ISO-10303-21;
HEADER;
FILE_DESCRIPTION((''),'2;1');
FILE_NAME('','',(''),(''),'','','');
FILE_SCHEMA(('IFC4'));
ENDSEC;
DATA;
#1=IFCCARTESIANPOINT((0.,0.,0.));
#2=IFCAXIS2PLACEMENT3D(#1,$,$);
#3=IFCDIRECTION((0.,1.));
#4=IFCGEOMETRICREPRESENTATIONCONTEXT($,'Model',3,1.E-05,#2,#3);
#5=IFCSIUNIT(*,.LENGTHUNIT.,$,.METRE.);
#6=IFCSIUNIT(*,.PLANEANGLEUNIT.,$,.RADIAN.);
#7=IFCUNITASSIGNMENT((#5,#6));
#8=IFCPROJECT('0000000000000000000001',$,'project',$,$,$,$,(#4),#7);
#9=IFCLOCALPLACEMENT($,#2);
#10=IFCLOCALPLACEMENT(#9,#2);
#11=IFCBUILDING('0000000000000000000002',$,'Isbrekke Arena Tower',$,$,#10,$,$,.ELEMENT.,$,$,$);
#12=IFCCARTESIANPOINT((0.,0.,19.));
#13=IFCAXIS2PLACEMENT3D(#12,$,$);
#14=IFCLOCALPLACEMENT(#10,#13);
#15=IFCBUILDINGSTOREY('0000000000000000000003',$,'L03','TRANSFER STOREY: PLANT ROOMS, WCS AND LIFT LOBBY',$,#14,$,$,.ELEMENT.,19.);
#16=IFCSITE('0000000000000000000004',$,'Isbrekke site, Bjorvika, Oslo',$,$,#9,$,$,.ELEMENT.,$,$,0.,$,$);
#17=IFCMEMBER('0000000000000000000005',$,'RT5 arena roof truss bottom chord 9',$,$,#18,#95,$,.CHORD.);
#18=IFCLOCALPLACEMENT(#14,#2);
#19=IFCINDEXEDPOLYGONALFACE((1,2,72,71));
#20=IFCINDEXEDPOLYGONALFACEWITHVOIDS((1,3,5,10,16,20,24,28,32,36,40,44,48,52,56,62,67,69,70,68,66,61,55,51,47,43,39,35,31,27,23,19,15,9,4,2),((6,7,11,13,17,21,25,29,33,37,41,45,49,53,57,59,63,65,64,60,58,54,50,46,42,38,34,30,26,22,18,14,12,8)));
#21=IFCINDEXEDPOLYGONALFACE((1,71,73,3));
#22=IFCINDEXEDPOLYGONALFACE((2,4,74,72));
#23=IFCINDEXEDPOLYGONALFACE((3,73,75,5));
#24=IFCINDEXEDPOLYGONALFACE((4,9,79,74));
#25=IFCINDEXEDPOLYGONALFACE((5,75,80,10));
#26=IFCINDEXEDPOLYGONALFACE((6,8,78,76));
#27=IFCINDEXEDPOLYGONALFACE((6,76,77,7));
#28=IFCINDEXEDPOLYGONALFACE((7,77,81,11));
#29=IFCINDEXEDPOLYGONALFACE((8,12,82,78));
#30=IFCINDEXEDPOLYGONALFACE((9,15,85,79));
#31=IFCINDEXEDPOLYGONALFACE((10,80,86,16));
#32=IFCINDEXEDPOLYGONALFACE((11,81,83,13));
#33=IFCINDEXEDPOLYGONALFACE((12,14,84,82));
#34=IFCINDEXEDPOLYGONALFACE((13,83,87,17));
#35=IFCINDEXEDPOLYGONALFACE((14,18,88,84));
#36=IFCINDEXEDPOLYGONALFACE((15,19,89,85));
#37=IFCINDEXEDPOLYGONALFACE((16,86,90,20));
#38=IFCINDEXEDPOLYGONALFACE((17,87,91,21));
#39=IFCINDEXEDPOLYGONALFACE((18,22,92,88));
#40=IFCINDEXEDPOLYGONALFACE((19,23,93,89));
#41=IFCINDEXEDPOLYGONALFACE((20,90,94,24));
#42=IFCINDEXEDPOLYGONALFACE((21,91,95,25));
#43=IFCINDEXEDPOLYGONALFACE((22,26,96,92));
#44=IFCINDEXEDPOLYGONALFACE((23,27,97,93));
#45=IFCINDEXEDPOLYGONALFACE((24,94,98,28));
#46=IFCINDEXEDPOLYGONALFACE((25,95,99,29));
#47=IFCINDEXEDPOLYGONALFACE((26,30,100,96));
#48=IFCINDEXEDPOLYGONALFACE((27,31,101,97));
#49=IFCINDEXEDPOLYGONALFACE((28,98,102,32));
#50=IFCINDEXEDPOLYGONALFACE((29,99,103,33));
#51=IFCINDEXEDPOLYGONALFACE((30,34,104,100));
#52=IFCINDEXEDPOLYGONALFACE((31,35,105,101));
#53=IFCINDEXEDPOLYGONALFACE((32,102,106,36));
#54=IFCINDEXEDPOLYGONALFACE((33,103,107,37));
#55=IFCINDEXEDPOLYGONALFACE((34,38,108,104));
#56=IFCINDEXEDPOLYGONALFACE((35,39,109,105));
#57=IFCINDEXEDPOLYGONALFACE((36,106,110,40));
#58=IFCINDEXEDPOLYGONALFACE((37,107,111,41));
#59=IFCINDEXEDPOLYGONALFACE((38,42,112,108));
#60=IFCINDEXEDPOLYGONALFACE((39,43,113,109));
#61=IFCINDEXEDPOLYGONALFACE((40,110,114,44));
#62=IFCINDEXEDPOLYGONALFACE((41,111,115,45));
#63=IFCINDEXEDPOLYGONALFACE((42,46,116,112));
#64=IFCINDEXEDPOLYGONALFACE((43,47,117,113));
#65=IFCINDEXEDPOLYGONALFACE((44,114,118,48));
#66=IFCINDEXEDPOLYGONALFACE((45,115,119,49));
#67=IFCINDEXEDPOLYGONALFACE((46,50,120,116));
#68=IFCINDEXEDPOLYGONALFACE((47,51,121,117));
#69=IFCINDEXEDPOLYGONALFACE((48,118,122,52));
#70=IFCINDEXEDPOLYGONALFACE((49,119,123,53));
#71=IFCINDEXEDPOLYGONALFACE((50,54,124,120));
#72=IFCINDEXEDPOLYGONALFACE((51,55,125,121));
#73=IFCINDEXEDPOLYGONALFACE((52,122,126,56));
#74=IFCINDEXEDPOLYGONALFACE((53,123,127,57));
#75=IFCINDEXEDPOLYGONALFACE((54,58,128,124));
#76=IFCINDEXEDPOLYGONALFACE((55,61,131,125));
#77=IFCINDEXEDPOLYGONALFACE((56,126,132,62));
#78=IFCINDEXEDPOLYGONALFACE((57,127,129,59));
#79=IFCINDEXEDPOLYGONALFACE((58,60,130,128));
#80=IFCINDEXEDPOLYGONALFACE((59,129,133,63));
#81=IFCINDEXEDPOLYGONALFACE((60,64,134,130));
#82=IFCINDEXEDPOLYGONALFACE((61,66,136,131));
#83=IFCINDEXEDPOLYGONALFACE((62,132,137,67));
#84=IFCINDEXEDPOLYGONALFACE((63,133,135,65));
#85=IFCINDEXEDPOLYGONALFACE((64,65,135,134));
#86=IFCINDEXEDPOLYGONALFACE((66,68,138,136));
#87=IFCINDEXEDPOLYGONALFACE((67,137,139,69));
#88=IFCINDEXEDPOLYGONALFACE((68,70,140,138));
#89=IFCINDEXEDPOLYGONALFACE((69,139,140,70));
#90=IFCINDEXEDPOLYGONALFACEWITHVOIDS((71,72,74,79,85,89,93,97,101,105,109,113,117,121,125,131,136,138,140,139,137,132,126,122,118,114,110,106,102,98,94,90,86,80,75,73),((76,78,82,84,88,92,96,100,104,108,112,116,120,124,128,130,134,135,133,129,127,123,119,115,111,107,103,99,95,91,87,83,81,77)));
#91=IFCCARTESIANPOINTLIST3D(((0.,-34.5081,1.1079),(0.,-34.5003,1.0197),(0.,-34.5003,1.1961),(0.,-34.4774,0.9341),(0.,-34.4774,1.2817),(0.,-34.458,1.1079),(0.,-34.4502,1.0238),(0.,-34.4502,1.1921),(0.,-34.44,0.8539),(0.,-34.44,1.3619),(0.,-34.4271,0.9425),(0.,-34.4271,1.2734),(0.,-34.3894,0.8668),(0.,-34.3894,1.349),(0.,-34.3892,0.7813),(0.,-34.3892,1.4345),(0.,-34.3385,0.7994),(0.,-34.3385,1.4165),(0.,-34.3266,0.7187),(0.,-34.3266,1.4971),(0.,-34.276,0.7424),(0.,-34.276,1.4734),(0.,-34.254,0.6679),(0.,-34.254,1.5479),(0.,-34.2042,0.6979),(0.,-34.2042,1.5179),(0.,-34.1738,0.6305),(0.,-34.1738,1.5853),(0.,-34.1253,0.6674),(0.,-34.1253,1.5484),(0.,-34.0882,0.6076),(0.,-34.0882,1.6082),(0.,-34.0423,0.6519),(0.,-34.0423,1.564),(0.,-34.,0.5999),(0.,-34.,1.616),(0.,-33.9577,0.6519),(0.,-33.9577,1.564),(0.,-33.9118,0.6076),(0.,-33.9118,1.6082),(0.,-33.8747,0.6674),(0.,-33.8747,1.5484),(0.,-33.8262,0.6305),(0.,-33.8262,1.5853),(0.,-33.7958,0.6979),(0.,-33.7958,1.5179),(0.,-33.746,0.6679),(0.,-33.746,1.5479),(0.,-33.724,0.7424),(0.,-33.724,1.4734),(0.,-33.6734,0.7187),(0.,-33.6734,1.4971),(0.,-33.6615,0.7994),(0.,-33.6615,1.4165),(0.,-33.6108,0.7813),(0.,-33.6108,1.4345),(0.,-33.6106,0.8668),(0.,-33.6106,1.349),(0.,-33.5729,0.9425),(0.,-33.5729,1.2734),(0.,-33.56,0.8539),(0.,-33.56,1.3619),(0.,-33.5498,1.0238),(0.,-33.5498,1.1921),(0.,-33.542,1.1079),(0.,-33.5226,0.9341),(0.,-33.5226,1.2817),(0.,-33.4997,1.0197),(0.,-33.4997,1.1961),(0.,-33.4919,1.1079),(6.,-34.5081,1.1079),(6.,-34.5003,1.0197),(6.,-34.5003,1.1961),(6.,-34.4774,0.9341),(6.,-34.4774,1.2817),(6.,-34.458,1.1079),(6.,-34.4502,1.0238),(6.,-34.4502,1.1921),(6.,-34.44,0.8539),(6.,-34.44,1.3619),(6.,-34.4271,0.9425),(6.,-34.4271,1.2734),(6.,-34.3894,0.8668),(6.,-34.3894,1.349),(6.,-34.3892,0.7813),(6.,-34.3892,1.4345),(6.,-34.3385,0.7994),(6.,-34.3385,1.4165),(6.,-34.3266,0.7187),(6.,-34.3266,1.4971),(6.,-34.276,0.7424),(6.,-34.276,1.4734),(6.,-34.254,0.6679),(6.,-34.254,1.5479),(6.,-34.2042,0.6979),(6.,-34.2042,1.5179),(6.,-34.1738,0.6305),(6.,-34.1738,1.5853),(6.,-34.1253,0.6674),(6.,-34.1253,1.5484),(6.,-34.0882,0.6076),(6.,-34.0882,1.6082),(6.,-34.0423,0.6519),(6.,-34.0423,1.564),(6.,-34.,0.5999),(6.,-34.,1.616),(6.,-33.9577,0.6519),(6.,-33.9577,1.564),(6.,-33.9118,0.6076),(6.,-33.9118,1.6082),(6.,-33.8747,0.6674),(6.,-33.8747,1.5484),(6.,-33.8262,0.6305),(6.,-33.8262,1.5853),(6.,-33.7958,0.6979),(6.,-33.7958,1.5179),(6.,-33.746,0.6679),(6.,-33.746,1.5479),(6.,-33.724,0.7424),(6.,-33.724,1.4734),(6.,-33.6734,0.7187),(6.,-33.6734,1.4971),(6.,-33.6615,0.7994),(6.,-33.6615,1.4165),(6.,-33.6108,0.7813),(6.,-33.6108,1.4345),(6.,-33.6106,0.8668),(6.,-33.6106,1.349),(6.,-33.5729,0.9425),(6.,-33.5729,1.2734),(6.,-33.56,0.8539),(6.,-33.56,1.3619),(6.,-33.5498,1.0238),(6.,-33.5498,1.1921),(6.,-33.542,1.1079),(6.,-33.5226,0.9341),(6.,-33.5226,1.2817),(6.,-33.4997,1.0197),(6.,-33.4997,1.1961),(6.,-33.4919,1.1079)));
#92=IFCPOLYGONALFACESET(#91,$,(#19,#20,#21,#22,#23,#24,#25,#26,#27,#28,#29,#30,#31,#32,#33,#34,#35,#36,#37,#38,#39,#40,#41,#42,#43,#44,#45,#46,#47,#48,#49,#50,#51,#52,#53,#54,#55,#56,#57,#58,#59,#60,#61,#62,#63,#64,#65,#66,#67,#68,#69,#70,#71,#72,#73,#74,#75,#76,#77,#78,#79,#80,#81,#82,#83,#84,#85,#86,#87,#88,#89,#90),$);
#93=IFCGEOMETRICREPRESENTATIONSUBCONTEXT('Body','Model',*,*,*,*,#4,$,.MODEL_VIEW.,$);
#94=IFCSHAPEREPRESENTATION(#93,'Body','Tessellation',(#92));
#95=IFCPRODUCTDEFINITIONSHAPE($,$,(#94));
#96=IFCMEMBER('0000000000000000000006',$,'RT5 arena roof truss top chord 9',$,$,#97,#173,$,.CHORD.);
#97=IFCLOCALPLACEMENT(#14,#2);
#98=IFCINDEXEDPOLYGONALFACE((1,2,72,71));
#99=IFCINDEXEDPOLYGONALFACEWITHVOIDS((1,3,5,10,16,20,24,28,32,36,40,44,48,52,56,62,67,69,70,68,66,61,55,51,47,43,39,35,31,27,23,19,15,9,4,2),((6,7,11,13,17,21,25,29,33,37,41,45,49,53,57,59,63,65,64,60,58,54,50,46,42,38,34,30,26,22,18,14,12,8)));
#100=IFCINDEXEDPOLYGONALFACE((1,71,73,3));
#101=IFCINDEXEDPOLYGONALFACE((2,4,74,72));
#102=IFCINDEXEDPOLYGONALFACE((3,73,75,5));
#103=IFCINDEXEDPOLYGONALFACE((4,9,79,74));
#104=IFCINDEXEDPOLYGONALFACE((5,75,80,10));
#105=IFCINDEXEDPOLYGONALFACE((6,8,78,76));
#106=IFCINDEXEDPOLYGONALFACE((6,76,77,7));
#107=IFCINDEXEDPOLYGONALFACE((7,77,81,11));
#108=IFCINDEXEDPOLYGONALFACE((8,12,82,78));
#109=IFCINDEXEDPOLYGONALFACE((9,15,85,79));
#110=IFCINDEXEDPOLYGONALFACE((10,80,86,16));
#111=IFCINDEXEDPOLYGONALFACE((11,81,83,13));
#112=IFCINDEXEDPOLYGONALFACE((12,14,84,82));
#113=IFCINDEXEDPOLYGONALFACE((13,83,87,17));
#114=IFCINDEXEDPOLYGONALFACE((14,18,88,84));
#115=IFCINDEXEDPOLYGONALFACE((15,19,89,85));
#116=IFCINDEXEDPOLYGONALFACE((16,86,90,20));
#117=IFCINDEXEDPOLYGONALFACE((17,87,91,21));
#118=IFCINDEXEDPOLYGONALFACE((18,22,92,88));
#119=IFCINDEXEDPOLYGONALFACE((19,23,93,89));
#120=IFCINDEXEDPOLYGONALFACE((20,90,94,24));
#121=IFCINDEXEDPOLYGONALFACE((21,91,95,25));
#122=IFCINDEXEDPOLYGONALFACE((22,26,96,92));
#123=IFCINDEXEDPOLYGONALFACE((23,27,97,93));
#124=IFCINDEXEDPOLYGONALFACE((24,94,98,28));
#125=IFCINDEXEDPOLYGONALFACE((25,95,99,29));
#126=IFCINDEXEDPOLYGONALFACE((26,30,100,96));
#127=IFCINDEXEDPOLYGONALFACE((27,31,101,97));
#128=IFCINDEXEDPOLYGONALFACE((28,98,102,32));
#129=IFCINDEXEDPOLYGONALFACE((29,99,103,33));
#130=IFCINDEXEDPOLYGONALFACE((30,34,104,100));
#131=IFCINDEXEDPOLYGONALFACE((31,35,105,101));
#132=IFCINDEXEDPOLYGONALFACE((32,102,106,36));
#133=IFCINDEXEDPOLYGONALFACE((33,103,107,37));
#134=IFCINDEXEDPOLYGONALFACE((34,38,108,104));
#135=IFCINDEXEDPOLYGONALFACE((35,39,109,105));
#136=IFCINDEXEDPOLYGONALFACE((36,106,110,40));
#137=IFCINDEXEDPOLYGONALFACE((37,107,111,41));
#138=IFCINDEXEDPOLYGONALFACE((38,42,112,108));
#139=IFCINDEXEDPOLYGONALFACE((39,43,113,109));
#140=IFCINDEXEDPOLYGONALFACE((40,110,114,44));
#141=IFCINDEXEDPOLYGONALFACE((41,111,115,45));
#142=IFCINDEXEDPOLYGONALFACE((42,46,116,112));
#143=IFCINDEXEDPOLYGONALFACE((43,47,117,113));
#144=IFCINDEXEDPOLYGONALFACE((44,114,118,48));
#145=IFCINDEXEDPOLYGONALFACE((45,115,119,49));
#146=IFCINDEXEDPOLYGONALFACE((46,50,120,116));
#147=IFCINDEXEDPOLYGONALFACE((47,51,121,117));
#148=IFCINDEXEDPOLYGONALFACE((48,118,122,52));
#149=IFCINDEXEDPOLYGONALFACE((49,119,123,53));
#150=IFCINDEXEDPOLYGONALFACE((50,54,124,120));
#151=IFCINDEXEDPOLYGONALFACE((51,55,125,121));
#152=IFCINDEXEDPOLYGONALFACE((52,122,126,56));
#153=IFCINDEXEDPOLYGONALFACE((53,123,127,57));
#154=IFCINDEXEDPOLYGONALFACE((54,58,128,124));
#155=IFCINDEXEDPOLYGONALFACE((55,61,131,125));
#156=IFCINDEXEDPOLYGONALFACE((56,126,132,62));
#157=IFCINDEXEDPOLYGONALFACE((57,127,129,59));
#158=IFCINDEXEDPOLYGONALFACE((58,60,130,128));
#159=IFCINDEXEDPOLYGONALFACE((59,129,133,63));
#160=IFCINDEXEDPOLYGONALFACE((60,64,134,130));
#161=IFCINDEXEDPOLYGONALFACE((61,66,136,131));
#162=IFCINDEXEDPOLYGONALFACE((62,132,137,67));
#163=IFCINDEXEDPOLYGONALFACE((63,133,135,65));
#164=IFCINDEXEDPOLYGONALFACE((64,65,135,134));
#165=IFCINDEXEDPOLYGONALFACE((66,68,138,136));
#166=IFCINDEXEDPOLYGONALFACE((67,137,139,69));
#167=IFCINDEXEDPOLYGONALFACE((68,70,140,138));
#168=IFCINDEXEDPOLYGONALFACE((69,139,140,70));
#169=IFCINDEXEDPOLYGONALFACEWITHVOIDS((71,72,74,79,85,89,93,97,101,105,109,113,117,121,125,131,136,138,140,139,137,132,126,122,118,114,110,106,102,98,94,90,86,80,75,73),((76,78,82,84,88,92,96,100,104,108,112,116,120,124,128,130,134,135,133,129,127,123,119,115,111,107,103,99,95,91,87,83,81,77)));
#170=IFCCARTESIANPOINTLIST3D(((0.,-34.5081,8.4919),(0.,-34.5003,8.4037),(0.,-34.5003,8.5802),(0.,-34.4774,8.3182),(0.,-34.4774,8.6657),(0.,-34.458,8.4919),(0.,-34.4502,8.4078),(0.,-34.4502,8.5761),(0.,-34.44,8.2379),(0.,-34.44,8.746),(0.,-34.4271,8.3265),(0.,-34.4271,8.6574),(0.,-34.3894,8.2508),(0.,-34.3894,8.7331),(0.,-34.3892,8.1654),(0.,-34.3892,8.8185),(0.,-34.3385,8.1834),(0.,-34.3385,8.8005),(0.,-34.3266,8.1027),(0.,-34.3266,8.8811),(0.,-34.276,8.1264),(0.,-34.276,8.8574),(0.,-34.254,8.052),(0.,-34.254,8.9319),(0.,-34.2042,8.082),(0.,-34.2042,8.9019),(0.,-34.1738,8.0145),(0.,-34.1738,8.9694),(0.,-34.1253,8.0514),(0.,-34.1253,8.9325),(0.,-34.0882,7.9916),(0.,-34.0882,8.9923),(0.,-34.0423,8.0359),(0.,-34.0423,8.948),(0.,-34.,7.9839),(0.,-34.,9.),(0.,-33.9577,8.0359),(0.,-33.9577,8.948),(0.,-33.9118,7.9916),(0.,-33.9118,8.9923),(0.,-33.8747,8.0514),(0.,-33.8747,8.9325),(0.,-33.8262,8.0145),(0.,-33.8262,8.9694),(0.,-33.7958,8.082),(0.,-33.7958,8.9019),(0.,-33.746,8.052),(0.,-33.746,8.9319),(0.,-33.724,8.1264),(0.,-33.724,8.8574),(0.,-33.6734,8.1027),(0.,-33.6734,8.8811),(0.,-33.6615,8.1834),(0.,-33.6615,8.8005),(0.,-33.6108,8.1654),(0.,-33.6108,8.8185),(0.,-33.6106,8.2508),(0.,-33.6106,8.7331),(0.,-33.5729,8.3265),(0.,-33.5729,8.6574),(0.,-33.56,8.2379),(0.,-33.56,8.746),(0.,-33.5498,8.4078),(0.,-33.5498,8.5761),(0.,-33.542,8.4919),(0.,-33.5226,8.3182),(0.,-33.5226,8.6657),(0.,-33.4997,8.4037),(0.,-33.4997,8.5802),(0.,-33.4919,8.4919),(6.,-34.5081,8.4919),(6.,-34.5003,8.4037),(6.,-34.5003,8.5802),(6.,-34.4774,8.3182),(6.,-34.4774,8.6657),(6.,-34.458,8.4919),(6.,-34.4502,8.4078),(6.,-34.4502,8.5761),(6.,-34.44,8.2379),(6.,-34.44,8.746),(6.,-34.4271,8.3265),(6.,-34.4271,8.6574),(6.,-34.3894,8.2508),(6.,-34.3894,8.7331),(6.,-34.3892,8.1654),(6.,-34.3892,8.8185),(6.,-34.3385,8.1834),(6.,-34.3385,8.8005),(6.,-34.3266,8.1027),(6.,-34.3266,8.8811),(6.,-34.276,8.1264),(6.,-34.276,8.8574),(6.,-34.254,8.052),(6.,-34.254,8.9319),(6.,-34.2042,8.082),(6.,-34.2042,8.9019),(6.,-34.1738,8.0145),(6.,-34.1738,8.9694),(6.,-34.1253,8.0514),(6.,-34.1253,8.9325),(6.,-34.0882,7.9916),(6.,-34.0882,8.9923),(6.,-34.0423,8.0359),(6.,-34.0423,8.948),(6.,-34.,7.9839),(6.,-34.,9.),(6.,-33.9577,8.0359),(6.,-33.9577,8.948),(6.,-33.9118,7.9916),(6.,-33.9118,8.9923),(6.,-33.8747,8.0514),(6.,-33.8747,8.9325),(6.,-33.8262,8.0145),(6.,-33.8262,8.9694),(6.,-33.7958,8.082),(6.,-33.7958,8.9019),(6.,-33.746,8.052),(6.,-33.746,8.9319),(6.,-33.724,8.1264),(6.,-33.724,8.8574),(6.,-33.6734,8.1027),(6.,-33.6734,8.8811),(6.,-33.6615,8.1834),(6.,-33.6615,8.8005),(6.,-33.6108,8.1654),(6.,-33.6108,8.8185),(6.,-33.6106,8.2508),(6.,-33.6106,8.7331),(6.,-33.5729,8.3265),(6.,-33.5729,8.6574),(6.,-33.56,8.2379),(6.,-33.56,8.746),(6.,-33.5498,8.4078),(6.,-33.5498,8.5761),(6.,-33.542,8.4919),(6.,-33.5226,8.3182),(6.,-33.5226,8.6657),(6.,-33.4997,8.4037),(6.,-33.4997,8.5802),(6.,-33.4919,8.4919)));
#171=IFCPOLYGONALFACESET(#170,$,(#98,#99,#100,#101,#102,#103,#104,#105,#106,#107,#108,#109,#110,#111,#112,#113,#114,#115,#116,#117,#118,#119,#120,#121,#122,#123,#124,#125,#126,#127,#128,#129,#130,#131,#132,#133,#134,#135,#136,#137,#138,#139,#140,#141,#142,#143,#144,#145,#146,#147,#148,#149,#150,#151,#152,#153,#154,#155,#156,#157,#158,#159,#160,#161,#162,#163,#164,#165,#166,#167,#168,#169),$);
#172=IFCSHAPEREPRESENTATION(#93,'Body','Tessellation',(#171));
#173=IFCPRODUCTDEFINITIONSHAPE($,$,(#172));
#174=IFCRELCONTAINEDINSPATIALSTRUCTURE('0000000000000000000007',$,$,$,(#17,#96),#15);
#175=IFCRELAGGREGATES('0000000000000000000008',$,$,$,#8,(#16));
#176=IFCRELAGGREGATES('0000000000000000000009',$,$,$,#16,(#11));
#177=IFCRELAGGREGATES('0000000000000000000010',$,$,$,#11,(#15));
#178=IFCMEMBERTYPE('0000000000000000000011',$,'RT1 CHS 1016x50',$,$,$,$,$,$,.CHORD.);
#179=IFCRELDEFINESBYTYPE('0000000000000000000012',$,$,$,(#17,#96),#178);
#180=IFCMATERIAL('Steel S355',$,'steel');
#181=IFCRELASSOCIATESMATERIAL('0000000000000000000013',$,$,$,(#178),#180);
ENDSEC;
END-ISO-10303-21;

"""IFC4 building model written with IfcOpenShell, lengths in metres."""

from ifc_helpers import new_model, si_unit, direction, frame, origin, origin_2d, place, context, subcontext, project, spatial, hollow_circle, extrude, material, material_profile, profile_set, type_object, element, save


model = new_model("IFC4")

# Units and contexts
model_context = context("Model", 3, precision=1e-05, world=origin(), true_north=direction((0.0, 1.0)))
body_context = subcontext(model_context, "Body", "Model", "MODEL_VIEW")
ifc_project = project(units=[si_unit("LENGTHUNIT", "METRE"), si_unit("PLANEANGLEUNIT", "RADIAN")], contexts=[model_context])

# Site, building, storey
site_placement = place(None, origin())
site = spatial("IfcSite", under=ifc_project, at=site_placement, Name="Isbrekke site, Bjorvika, Oslo", CompositionType="ELEMENT", RefElevation=0.0)
building_placement = place(site_placement, origin())
building = spatial("IfcBuilding", under=site, at=building_placement, Name="Isbrekke Arena Tower", CompositionType="ELEMENT")
storey_placement = place(building_placement, frame((0.0, 0.0, 19.0)))
storey = spatial("IfcBuildingStorey", under=building, at=storey_placement, Name="L03", Description="TRANSFER STOREY: PLANT ROOMS, WCS AND LIFT LOBBY", CompositionType="ELEMENT", Elevation=19.0)

# Members
ifc_material_1 = material(Name="Steel S355", Category="steel")
ifc_material_profile_1 = material_profile(ifc_material_1, hollow_circle(Radius=0.5081, WallThickness=0.05, at=origin_2d()), Name="CHS 1016x50")
ifc_profile_set_1 = profile_set([ifc_material_profile_1], Name="Steel S355")
member_type_1 = type_object("IfcMemberType", Name="RT1 CHS 1016x50", PredefinedType="CHORD", material=ifc_profile_set_1)
for number, where, z_axis, x_axis, name in (
    (1, (0.0, -34.0, 1.1079), (1.0, 0.0, 0.0), (0.0, 1.0, 0.0), "RT5 arena roof truss bottom chord 9"),
    (2, (0.0, -34.0, 8.4919), (1.0, 0.0, 0.0), (0.0, 1.0, 0.0), "RT5 arena roof truss top chord 9"),
):
    element("IfcMember", number, at=place(storey_placement, frame(where, z_axis=z_axis, x_axis=x_axis)), inside=storey, type_object=member_type_1, Name=name, PredefinedType="CHORD", context=body_context, shape_type="SweptSolid", body=[
        extrude(hollow_circle(Radius=0.5081, WallThickness=0.05, at=origin_2d()), origin(), (0.0, 0.0, 1.0), 6.0),
    ])

save(model, "model.ifc")
